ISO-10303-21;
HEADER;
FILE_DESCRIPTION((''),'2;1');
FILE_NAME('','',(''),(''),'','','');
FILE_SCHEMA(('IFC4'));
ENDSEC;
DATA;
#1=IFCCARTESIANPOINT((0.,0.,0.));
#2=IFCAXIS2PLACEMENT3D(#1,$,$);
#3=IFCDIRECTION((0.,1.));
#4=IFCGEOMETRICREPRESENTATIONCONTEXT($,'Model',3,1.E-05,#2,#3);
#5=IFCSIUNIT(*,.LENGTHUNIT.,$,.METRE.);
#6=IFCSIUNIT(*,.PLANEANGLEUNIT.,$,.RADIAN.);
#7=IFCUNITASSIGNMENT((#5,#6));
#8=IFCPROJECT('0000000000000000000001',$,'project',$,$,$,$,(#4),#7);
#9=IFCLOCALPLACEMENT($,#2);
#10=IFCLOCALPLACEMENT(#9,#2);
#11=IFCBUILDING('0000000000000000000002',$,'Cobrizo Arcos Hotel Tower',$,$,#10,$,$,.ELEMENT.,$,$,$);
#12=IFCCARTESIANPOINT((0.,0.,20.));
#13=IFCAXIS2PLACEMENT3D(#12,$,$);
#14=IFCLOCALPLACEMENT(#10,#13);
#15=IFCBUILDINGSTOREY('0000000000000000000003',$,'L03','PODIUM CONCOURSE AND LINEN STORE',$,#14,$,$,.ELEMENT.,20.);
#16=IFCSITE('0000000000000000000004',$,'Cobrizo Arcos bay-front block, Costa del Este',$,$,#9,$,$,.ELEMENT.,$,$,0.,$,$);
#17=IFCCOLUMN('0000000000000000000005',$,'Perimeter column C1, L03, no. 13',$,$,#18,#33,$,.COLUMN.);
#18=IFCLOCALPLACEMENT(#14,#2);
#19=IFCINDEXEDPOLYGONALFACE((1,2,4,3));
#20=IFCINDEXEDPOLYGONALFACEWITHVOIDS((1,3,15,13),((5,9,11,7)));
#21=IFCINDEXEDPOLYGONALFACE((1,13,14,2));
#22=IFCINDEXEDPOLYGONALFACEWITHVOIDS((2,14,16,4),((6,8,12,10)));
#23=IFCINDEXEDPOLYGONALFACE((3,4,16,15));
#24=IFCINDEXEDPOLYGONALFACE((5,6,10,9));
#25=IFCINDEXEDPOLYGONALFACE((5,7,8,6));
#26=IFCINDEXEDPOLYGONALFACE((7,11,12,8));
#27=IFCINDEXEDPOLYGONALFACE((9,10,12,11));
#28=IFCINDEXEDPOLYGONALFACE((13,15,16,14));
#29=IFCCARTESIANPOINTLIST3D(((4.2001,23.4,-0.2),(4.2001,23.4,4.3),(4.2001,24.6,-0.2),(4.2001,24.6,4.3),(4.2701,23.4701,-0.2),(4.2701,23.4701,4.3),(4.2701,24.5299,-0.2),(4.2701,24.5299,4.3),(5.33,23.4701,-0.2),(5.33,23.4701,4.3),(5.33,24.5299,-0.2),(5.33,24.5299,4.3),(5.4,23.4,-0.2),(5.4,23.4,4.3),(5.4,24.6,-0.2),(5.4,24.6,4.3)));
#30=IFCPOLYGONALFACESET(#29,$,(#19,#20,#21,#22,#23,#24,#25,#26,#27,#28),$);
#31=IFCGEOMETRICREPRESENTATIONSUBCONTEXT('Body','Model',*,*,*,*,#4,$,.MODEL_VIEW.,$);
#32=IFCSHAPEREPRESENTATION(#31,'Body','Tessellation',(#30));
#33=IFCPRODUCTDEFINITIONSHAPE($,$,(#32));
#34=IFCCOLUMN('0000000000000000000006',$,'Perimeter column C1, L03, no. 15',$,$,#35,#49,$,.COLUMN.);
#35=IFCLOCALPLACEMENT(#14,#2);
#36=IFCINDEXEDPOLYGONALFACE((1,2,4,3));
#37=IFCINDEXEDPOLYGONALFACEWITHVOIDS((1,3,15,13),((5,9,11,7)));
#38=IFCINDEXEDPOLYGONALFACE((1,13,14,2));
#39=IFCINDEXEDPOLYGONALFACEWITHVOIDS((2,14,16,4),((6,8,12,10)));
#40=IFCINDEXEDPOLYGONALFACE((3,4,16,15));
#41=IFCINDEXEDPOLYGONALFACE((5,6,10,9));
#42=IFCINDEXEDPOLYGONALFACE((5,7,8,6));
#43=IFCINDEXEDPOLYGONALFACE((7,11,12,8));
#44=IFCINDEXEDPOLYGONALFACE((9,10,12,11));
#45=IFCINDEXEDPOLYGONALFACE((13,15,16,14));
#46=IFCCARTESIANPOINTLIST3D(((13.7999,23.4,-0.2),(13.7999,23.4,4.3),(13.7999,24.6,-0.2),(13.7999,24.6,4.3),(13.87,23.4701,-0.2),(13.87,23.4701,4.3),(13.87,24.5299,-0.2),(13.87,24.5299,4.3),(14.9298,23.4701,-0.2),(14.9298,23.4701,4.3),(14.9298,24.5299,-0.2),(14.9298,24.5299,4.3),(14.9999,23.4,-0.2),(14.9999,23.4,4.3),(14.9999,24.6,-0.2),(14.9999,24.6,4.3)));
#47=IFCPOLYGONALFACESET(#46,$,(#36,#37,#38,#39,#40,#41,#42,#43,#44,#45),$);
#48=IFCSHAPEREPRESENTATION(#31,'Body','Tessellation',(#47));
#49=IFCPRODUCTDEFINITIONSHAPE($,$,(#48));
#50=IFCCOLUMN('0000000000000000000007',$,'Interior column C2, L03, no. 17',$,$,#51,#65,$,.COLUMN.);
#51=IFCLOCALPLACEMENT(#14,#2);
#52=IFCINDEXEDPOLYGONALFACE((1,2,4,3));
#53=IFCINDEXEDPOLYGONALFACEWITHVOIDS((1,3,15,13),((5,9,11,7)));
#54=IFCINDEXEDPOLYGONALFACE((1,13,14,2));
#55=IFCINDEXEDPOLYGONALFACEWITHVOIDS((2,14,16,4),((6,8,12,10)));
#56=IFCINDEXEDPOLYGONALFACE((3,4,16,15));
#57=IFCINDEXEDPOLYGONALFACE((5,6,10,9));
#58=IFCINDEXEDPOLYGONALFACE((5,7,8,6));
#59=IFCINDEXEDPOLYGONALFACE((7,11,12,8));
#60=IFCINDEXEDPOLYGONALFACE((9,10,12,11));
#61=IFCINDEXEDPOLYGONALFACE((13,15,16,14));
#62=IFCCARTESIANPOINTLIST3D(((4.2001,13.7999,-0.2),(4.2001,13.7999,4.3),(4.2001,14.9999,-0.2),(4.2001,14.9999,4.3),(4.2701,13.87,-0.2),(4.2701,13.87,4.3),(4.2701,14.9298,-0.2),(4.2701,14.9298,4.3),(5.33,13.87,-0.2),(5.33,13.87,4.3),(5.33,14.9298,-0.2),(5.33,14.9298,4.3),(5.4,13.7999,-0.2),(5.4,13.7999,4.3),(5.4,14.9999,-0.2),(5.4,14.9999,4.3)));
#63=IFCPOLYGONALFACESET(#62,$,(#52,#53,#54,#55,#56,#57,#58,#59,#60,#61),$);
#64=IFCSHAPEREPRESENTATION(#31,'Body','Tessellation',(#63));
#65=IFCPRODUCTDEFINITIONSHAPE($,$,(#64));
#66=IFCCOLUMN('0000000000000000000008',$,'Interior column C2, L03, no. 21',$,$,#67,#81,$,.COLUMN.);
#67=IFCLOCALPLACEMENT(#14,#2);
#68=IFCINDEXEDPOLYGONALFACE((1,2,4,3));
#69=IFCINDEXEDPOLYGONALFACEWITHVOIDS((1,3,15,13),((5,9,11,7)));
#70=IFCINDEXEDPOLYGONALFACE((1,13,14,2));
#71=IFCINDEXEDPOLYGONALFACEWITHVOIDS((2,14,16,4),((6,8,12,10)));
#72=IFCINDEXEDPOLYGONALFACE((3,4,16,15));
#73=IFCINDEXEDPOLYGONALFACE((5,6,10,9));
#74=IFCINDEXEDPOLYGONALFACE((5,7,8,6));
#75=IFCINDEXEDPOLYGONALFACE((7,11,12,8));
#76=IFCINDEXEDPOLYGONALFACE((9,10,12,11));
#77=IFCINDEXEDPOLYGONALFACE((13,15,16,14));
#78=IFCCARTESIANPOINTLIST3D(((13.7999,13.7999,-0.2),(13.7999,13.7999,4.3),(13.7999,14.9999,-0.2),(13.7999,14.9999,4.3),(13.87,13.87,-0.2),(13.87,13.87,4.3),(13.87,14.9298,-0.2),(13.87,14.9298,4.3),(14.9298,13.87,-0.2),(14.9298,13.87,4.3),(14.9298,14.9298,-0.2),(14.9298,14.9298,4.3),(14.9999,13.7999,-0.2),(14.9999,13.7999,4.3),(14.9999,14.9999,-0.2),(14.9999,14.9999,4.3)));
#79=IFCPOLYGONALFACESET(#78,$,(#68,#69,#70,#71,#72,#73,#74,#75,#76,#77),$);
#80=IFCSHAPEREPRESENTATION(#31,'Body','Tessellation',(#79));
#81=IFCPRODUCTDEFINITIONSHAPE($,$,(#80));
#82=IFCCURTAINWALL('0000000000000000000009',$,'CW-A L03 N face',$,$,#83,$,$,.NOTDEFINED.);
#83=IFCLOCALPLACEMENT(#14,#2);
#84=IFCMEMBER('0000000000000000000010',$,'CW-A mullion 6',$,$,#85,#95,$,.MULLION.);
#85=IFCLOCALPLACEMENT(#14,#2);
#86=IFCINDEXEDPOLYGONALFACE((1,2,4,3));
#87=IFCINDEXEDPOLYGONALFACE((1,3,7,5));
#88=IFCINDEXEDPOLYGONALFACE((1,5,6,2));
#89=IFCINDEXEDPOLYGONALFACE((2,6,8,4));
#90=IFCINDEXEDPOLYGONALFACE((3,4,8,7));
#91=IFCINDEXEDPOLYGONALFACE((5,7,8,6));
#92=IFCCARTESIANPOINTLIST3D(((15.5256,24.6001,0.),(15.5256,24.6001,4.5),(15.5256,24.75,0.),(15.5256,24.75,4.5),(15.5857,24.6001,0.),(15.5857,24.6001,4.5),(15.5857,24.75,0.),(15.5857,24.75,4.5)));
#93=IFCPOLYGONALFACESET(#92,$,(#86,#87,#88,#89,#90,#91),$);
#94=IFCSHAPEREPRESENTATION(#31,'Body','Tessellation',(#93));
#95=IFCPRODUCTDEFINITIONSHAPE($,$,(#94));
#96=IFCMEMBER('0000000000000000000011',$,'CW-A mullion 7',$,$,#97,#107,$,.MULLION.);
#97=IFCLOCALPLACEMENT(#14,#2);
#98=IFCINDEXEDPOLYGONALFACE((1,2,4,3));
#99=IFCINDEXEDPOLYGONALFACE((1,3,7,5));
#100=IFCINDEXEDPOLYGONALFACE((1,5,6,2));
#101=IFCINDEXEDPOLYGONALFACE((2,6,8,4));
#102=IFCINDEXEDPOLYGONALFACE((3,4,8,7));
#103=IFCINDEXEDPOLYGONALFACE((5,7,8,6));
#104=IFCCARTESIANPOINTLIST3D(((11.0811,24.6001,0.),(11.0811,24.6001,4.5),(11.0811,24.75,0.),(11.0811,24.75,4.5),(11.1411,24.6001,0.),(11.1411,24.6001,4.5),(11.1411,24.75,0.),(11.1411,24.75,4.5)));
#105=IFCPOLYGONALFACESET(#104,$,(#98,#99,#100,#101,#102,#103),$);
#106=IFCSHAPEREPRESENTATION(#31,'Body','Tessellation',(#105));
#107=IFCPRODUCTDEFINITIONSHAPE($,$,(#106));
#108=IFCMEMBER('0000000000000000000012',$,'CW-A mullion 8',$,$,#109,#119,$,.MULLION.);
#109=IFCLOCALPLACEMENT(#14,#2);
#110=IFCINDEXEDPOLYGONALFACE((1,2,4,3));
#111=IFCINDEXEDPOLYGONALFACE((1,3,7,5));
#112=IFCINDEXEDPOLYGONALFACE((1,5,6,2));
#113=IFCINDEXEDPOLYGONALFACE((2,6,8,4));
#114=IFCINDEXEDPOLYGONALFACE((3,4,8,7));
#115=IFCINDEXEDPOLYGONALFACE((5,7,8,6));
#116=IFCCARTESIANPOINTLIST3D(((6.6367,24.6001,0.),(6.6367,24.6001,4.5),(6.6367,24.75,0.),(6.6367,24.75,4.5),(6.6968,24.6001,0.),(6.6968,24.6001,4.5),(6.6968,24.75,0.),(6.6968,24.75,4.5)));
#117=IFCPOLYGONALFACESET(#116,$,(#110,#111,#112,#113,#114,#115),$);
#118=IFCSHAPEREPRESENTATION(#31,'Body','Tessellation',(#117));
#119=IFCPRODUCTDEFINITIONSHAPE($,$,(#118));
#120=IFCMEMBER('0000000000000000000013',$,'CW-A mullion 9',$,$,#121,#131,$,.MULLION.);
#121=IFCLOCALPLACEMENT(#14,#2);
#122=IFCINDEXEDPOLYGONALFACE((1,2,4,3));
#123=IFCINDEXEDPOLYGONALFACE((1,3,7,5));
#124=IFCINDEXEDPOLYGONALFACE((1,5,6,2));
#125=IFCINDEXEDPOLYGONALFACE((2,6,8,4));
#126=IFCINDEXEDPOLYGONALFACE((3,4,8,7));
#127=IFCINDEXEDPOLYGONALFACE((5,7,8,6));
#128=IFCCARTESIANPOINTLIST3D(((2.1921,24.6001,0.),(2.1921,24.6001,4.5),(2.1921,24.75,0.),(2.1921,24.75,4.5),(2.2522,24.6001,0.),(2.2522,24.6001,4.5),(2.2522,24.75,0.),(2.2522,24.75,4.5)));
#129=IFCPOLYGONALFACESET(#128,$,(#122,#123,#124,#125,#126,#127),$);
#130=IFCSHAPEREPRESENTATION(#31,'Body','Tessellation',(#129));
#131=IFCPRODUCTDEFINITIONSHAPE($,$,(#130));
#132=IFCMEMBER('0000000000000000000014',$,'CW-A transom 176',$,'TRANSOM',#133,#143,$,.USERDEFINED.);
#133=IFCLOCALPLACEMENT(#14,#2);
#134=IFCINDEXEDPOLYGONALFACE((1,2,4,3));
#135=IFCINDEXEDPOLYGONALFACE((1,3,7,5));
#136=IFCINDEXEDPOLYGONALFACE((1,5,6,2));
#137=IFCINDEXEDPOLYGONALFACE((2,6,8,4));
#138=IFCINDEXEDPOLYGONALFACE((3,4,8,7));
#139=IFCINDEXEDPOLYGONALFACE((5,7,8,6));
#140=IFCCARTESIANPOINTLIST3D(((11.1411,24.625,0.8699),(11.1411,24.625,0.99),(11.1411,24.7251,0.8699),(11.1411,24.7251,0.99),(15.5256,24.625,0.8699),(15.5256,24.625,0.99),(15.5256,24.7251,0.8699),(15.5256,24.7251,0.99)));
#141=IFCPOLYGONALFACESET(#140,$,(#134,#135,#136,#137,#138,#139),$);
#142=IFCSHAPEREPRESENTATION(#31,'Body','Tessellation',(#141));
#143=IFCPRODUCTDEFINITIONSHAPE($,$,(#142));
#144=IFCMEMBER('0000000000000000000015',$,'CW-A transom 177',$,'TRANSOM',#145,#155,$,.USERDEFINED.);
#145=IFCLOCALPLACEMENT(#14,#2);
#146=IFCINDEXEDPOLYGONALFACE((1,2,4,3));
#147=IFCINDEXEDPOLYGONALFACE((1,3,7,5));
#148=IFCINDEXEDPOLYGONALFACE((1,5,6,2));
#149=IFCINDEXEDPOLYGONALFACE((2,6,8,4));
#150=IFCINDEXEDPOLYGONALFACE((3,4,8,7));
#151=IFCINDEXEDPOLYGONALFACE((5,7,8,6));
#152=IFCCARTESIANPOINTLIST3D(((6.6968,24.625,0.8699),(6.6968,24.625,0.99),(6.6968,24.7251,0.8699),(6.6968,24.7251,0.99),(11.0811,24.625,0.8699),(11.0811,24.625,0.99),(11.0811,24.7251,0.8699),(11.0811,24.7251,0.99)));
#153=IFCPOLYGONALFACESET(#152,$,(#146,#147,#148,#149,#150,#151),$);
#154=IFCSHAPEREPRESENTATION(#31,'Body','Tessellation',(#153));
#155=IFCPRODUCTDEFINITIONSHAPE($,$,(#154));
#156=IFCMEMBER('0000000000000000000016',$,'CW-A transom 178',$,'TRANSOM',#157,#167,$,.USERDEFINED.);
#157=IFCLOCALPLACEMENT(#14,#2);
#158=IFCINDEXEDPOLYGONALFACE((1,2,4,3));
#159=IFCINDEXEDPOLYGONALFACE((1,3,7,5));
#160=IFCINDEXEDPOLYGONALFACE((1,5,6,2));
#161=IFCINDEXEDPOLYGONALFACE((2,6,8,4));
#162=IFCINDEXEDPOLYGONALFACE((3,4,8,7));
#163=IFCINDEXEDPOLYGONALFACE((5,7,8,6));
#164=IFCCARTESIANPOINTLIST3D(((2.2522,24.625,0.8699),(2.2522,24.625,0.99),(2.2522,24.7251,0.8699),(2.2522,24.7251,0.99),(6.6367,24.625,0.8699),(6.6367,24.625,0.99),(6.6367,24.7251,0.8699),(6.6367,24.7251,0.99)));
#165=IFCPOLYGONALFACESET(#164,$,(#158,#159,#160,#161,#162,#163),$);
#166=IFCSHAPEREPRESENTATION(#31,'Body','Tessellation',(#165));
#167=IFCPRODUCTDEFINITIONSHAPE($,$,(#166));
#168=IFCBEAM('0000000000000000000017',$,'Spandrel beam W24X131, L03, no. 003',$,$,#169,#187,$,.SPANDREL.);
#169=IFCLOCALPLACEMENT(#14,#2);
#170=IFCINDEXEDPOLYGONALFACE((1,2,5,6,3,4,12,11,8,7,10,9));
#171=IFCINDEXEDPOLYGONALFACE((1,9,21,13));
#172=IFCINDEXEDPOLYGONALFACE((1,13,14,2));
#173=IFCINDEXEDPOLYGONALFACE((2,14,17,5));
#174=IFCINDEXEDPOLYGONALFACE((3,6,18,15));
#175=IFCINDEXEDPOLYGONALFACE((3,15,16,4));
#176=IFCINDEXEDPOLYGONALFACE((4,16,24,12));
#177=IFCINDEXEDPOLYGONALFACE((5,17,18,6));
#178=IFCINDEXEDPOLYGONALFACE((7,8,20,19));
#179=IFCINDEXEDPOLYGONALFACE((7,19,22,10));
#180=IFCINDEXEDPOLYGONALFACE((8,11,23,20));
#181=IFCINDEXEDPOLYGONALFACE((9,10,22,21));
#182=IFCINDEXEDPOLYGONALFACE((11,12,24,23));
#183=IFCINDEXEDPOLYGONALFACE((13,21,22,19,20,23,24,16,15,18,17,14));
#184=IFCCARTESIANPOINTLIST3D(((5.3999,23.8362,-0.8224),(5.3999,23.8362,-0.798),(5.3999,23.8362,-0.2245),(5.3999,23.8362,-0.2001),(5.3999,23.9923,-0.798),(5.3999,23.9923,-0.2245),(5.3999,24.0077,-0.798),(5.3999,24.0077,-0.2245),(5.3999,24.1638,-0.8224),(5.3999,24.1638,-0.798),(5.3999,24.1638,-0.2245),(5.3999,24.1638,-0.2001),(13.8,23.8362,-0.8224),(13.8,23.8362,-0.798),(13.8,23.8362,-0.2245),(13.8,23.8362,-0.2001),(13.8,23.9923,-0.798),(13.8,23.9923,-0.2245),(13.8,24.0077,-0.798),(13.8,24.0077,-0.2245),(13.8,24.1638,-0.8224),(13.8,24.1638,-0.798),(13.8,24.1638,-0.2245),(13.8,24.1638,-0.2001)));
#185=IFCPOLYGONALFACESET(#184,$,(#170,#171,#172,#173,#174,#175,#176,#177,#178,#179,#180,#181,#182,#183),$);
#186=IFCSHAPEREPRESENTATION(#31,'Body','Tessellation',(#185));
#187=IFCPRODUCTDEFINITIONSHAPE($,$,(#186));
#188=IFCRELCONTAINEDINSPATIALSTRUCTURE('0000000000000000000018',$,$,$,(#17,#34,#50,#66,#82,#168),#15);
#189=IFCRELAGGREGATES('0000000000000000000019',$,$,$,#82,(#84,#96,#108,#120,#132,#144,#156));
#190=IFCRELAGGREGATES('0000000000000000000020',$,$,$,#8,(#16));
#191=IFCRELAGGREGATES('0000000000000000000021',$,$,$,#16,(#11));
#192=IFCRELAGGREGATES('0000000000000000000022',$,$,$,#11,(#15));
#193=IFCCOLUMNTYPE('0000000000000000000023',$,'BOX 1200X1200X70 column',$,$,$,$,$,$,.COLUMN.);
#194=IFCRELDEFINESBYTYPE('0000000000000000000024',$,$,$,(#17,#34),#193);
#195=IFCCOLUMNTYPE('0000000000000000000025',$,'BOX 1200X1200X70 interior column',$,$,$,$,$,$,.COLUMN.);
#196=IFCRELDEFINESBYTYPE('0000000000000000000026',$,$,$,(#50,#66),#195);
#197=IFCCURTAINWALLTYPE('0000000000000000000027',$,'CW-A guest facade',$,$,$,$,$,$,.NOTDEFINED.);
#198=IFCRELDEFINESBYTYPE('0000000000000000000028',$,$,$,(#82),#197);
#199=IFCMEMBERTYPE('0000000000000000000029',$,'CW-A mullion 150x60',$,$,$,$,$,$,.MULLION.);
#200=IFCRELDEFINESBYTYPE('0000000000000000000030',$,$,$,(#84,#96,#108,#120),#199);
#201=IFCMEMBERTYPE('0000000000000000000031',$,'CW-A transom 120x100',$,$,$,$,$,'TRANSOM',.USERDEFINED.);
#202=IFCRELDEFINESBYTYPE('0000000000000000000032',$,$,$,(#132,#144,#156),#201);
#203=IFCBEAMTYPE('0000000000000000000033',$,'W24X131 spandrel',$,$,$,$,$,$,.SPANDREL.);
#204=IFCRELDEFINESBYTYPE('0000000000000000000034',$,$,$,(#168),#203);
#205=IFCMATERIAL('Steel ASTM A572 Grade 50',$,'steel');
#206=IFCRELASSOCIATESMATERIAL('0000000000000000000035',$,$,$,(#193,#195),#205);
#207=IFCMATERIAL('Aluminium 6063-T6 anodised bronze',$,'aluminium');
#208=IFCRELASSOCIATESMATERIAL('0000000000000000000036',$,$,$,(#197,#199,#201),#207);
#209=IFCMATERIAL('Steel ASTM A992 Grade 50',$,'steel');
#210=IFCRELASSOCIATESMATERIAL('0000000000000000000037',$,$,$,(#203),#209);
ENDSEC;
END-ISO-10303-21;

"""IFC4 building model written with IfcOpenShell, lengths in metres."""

from ifc_helpers import new_model, si_unit, direction, frame, origin, origin_2d, place, context, subcontext, project, spatial, rectangle, hollow_rectangle, i_section, extrude, material, material_profile, profile_set, type_object, element, aggregate, save


model = new_model("IFC4")

# Units and contexts
model_context = context("Model", 3, precision=1e-05, world=origin(), true_north=direction((0.0, 1.0)))
body_context = subcontext(model_context, "Body", "Model", "MODEL_VIEW")
ifc_project = project(units=[si_unit("LENGTHUNIT", "METRE"), si_unit("PLANEANGLEUNIT", "RADIAN")], contexts=[model_context])

# Site, building, storey
site_placement = place(None, origin())
site = spatial("IfcSite", under=ifc_project, at=site_placement, Name="Cobrizo Arcos bay-front block, Costa del Este", CompositionType="ELEMENT", RefElevation=0.0)
building_placement = place(site_placement, origin())
building = spatial("IfcBuilding", under=site, at=building_placement, Name="Cobrizo Arcos Hotel Tower", CompositionType="ELEMENT")
storey_placement = place(building_placement, frame((0.0, 0.0, 20.0)))
storey = spatial("IfcBuildingStorey", under=building, at=storey_placement, Name="L03", Description="PODIUM CONCOURSE AND LINEN STORE", CompositionType="ELEMENT", Elevation=20.0)

# Columns
ifc_material_1 = material(Name="Steel ASTM A572 Grade 50", Category="steel")
ifc_material_profile_1 = material_profile(ifc_material_1, hollow_rectangle(XDim=1.2, YDim=1.2, WallThickness=0.0701, at=origin_2d()), Name="BOX 1200X1200X70")
ifc_profile_set_1 = profile_set([ifc_material_profile_1], Name="Steel ASTM A572 Grade 50")
column_type_1 = type_object("IfcColumnType", Name="BOX 1200X1200X70 column", PredefinedType="COLUMN", material=ifc_profile_set_1)
for number, where, z_axis, x_axis, name in (
    (1, (4.8, 24.0, -0.2), (0.0, 0.0, 1.0), (1.0, 0.0, 0.0), "Perimeter column C1, L03, no. 13"),
    (2, (14.3999, 24.0, -0.2), (0.0, 0.0, 1.0), (1.0, 0.0, 0.0), "Perimeter column C1, L03, no. 15"),
):
    element("IfcColumn", number, at=place(storey_placement, frame(where, z_axis=z_axis, x_axis=x_axis)), inside=storey, type_object=column_type_1, Name=name, PredefinedType="COLUMN", context=body_context, shape_type="SweptSolid", body=[
        extrude(hollow_rectangle(XDim=1.2, YDim=1.2, WallThickness=0.0701, at=origin_2d()), origin(), (0.0, 0.0, 1.0), 4.5),
    ])
ifc_material_profile_2 = material_profile(ifc_material_1, hollow_rectangle(XDim=1.2, YDim=1.2, WallThickness=0.0701, at=origin_2d()), Name="BOX 1200X1200X70")
ifc_profile_set_2 = profile_set([ifc_material_profile_2], Name="Steel ASTM A572 Grade 50")
column_type_2 = type_object("IfcColumnType", Name="BOX 1200X1200X70 interior column", PredefinedType="COLUMN", material=ifc_profile_set_2)
for number, where, z_axis, x_axis, name in (
    (3, (4.8, 14.3999, -0.2), (0.0, 0.0, 1.0), (1.0, 0.0, 0.0), "Interior column C2, L03, no. 17"),
    (4, (14.3999, 14.3999, -0.2), (0.0, 0.0, 1.0), (1.0, 0.0, 0.0), "Interior column C2, L03, no. 21"),
):
    element("IfcColumn", number, at=place(storey_placement, frame(where, z_axis=z_axis, x_axis=x_axis)), inside=storey, type_object=column_type_2, Name=name, PredefinedType="COLUMN", context=body_context, shape_type="SweptSolid", body=[
        extrude(hollow_rectangle(XDim=1.2, YDim=1.2, WallThickness=0.0701, at=origin_2d()), origin(), (0.0, 0.0, 1.0), 4.5),
    ])

# Curtain wall, members
ifc_material_2 = material(Name="Aluminium 6063-T6 anodised bronze", Category="aluminium")
curtain_wall_type = type_object("IfcCurtainWallType", Name="CW-A guest facade", PredefinedType="NOTDEFINED", material=ifc_material_2)
curtain_wall_placement = place(storey_placement, origin())
curtain_wall = element("IfcCurtainWall", 5, at=curtain_wall_placement, inside=storey, type_object=curtain_wall_type, Name="CW-A L03 N face", PredefinedType="NOTDEFINED")
ifc_material_profile_3 = material_profile(ifc_material_2, rectangle(XDim=0.1499, YDim=0.0601, at=origin_2d()), Name="CW-A mullion 150x60")
ifc_profile_set_3 = profile_set([ifc_material_profile_3], Name="Aluminium 6063-T6 anodised bronze")
member_type_1 = type_object("IfcMemberType", Name="CW-A mullion 150x60", PredefinedType="MULLION", material=ifc_profile_set_3)
member_1_placement = place(storey_placement, frame((15.5557, 24.675, 0.0), z_axis=(0.0, 0.0, 1.0), x_axis=(0.0, 1.0, 0.0)))
member_1 = element("IfcMember", 6, at=member_1_placement, type_object=member_type_1, Name="CW-A mullion 6", PredefinedType="MULLION", context=body_context, shape_type="SweptSolid", body=[
    extrude(rectangle(XDim=0.1499, YDim=0.0601, at=origin_2d()), origin(), (0.0, 0.0, 1.0), 4.5),
])
member_2_placement = place(storey_placement, frame((11.1111, 24.675, 0.0), z_axis=(0.0, 0.0, 1.0), x_axis=(0.0, 1.0, 0.0)))
member_2 = element("IfcMember", 7, at=member_2_placement, type_object=member_type_1, Name="CW-A mullion 7", PredefinedType="MULLION", context=body_context, shape_type="SweptSolid", body=[
    extrude(rectangle(XDim=0.1499, YDim=0.0601, at=origin_2d()), origin(), (0.0, 0.0, 1.0), 4.5),
])
member_3_placement = place(storey_placement, frame((6.6667, 24.675, 0.0), z_axis=(0.0, 0.0, 1.0), x_axis=(0.0, 1.0, 0.0)))
member_3 = element("IfcMember", 8, at=member_3_placement, type_object=member_type_1, Name="CW-A mullion 8", PredefinedType="MULLION", context=body_context, shape_type="SweptSolid", body=[
    extrude(rectangle(XDim=0.1499, YDim=0.0601, at=origin_2d()), origin(), (0.0, 0.0, 1.0), 4.5),
])
member_4_placement = place(storey_placement, frame((2.2222, 24.675, 0.0), z_axis=(0.0, 0.0, 1.0), x_axis=(0.0, 1.0, 0.0)))
member_4 = element("IfcMember", 9, at=member_4_placement, type_object=member_type_1, Name="CW-A mullion 9", PredefinedType="MULLION", context=body_context, shape_type="SweptSolid", body=[
    extrude(rectangle(XDim=0.1499, YDim=0.0601, at=origin_2d()), origin(), (0.0, 0.0, 1.0), 4.5),
])
ifc_material_profile_4 = material_profile(ifc_material_2, rectangle(XDim=0.1001, YDim=0.1201, at=origin_2d()), Name="CW-A transom 120x100")
ifc_profile_set_4 = profile_set([ifc_material_profile_4], Name="Aluminium 6063-T6 anodised bronze")
member_type_2 = type_object("IfcMemberType", Name="CW-A transom 120x100", ElementType="TRANSOM", PredefinedType="USERDEFINED", material=ifc_profile_set_4)
member_5_placement = place(storey_placement, frame((15.5256, 24.675, 0.9299), z_axis=(-1.0, 0.0, 0.0), x_axis=(0.0, -1.0, 0.0)))
member_5 = element("IfcMember", 10, at=member_5_placement, type_object=member_type_2, Name="CW-A transom 176", ObjectType="TRANSOM", PredefinedType="USERDEFINED", context=body_context, shape_type="SweptSolid", body=[
    extrude(rectangle(XDim=0.1001, YDim=0.1201, at=origin_2d()), origin(), (0.0, 0.0, 1.0), 4.3845),
])
member_6_placement = place(storey_placement, frame((11.0811, 24.675, 0.9299), z_axis=(-1.0, 0.0, 0.0), x_axis=(0.0, -1.0, 0.0)))
member_6 = element("IfcMember", 11, at=member_6_placement, type_object=member_type_2, Name="CW-A transom 177", ObjectType="TRANSOM", PredefinedType="USERDEFINED", context=body_context, shape_type="SweptSolid", body=[
    extrude(rectangle(XDim=0.1001, YDim=0.1201, at=origin_2d()), origin(), (0.0, 0.0, 1.0), 4.3843),
])
member_7_placement = place(storey_placement, frame((6.6367, 24.675, 0.9299), z_axis=(-1.0, 0.0, 0.0), x_axis=(0.0, -1.0, 0.0)))
member_7 = element("IfcMember", 12, at=member_7_placement, type_object=member_type_2, Name="CW-A transom 178", ObjectType="TRANSOM", PredefinedType="USERDEFINED", context=body_context, shape_type="SweptSolid", body=[
    extrude(rectangle(XDim=0.1001, YDim=0.1201, at=origin_2d()), origin(), (0.0, 0.0, 1.0), 4.3845),
])

# Beam
ifc_material_3 = material(Name="Steel ASTM A992 Grade 50", Category="steel")
ifc_material_profile_5 = material_profile(ifc_material_3, i_section(OverallWidth=0.3276, OverallDepth=0.6223, WebThickness=0.0154, FlangeThickness=0.0244, at=origin_2d()), Name="W24X131")
ifc_profile_set_5 = profile_set([ifc_material_profile_5], Name="Steel ASTM A992 Grade 50")
beam_type_1 = type_object("IfcBeamType", Name="W24X131 spandrel", PredefinedType="SPANDREL", material=ifc_profile_set_5)
beam_1_placement = place(storey_placement, frame((13.8, 24.0, -0.5112), z_axis=(-1.0, 0.0, 0.0), x_axis=(0.0, -1.0, 0.0)))
element("IfcBeam", 13, at=beam_1_placement, inside=storey, type_object=beam_type_1, Name="Spandrel beam W24X131, L03, no. 003", PredefinedType="SPANDREL", context=body_context, shape_type="SweptSolid", body=[
    extrude(i_section(OverallWidth=0.3276, OverallDepth=0.6223, WebThickness=0.0154, FlangeThickness=0.0244, at=origin_2d()), origin(), (0.0, 0.0, 1.0), 8.4001),
])

aggregate(curtain_wall, [member_1, member_2, member_3, member_4, member_5, member_6, member_7])

save(model, "model.ifc")
